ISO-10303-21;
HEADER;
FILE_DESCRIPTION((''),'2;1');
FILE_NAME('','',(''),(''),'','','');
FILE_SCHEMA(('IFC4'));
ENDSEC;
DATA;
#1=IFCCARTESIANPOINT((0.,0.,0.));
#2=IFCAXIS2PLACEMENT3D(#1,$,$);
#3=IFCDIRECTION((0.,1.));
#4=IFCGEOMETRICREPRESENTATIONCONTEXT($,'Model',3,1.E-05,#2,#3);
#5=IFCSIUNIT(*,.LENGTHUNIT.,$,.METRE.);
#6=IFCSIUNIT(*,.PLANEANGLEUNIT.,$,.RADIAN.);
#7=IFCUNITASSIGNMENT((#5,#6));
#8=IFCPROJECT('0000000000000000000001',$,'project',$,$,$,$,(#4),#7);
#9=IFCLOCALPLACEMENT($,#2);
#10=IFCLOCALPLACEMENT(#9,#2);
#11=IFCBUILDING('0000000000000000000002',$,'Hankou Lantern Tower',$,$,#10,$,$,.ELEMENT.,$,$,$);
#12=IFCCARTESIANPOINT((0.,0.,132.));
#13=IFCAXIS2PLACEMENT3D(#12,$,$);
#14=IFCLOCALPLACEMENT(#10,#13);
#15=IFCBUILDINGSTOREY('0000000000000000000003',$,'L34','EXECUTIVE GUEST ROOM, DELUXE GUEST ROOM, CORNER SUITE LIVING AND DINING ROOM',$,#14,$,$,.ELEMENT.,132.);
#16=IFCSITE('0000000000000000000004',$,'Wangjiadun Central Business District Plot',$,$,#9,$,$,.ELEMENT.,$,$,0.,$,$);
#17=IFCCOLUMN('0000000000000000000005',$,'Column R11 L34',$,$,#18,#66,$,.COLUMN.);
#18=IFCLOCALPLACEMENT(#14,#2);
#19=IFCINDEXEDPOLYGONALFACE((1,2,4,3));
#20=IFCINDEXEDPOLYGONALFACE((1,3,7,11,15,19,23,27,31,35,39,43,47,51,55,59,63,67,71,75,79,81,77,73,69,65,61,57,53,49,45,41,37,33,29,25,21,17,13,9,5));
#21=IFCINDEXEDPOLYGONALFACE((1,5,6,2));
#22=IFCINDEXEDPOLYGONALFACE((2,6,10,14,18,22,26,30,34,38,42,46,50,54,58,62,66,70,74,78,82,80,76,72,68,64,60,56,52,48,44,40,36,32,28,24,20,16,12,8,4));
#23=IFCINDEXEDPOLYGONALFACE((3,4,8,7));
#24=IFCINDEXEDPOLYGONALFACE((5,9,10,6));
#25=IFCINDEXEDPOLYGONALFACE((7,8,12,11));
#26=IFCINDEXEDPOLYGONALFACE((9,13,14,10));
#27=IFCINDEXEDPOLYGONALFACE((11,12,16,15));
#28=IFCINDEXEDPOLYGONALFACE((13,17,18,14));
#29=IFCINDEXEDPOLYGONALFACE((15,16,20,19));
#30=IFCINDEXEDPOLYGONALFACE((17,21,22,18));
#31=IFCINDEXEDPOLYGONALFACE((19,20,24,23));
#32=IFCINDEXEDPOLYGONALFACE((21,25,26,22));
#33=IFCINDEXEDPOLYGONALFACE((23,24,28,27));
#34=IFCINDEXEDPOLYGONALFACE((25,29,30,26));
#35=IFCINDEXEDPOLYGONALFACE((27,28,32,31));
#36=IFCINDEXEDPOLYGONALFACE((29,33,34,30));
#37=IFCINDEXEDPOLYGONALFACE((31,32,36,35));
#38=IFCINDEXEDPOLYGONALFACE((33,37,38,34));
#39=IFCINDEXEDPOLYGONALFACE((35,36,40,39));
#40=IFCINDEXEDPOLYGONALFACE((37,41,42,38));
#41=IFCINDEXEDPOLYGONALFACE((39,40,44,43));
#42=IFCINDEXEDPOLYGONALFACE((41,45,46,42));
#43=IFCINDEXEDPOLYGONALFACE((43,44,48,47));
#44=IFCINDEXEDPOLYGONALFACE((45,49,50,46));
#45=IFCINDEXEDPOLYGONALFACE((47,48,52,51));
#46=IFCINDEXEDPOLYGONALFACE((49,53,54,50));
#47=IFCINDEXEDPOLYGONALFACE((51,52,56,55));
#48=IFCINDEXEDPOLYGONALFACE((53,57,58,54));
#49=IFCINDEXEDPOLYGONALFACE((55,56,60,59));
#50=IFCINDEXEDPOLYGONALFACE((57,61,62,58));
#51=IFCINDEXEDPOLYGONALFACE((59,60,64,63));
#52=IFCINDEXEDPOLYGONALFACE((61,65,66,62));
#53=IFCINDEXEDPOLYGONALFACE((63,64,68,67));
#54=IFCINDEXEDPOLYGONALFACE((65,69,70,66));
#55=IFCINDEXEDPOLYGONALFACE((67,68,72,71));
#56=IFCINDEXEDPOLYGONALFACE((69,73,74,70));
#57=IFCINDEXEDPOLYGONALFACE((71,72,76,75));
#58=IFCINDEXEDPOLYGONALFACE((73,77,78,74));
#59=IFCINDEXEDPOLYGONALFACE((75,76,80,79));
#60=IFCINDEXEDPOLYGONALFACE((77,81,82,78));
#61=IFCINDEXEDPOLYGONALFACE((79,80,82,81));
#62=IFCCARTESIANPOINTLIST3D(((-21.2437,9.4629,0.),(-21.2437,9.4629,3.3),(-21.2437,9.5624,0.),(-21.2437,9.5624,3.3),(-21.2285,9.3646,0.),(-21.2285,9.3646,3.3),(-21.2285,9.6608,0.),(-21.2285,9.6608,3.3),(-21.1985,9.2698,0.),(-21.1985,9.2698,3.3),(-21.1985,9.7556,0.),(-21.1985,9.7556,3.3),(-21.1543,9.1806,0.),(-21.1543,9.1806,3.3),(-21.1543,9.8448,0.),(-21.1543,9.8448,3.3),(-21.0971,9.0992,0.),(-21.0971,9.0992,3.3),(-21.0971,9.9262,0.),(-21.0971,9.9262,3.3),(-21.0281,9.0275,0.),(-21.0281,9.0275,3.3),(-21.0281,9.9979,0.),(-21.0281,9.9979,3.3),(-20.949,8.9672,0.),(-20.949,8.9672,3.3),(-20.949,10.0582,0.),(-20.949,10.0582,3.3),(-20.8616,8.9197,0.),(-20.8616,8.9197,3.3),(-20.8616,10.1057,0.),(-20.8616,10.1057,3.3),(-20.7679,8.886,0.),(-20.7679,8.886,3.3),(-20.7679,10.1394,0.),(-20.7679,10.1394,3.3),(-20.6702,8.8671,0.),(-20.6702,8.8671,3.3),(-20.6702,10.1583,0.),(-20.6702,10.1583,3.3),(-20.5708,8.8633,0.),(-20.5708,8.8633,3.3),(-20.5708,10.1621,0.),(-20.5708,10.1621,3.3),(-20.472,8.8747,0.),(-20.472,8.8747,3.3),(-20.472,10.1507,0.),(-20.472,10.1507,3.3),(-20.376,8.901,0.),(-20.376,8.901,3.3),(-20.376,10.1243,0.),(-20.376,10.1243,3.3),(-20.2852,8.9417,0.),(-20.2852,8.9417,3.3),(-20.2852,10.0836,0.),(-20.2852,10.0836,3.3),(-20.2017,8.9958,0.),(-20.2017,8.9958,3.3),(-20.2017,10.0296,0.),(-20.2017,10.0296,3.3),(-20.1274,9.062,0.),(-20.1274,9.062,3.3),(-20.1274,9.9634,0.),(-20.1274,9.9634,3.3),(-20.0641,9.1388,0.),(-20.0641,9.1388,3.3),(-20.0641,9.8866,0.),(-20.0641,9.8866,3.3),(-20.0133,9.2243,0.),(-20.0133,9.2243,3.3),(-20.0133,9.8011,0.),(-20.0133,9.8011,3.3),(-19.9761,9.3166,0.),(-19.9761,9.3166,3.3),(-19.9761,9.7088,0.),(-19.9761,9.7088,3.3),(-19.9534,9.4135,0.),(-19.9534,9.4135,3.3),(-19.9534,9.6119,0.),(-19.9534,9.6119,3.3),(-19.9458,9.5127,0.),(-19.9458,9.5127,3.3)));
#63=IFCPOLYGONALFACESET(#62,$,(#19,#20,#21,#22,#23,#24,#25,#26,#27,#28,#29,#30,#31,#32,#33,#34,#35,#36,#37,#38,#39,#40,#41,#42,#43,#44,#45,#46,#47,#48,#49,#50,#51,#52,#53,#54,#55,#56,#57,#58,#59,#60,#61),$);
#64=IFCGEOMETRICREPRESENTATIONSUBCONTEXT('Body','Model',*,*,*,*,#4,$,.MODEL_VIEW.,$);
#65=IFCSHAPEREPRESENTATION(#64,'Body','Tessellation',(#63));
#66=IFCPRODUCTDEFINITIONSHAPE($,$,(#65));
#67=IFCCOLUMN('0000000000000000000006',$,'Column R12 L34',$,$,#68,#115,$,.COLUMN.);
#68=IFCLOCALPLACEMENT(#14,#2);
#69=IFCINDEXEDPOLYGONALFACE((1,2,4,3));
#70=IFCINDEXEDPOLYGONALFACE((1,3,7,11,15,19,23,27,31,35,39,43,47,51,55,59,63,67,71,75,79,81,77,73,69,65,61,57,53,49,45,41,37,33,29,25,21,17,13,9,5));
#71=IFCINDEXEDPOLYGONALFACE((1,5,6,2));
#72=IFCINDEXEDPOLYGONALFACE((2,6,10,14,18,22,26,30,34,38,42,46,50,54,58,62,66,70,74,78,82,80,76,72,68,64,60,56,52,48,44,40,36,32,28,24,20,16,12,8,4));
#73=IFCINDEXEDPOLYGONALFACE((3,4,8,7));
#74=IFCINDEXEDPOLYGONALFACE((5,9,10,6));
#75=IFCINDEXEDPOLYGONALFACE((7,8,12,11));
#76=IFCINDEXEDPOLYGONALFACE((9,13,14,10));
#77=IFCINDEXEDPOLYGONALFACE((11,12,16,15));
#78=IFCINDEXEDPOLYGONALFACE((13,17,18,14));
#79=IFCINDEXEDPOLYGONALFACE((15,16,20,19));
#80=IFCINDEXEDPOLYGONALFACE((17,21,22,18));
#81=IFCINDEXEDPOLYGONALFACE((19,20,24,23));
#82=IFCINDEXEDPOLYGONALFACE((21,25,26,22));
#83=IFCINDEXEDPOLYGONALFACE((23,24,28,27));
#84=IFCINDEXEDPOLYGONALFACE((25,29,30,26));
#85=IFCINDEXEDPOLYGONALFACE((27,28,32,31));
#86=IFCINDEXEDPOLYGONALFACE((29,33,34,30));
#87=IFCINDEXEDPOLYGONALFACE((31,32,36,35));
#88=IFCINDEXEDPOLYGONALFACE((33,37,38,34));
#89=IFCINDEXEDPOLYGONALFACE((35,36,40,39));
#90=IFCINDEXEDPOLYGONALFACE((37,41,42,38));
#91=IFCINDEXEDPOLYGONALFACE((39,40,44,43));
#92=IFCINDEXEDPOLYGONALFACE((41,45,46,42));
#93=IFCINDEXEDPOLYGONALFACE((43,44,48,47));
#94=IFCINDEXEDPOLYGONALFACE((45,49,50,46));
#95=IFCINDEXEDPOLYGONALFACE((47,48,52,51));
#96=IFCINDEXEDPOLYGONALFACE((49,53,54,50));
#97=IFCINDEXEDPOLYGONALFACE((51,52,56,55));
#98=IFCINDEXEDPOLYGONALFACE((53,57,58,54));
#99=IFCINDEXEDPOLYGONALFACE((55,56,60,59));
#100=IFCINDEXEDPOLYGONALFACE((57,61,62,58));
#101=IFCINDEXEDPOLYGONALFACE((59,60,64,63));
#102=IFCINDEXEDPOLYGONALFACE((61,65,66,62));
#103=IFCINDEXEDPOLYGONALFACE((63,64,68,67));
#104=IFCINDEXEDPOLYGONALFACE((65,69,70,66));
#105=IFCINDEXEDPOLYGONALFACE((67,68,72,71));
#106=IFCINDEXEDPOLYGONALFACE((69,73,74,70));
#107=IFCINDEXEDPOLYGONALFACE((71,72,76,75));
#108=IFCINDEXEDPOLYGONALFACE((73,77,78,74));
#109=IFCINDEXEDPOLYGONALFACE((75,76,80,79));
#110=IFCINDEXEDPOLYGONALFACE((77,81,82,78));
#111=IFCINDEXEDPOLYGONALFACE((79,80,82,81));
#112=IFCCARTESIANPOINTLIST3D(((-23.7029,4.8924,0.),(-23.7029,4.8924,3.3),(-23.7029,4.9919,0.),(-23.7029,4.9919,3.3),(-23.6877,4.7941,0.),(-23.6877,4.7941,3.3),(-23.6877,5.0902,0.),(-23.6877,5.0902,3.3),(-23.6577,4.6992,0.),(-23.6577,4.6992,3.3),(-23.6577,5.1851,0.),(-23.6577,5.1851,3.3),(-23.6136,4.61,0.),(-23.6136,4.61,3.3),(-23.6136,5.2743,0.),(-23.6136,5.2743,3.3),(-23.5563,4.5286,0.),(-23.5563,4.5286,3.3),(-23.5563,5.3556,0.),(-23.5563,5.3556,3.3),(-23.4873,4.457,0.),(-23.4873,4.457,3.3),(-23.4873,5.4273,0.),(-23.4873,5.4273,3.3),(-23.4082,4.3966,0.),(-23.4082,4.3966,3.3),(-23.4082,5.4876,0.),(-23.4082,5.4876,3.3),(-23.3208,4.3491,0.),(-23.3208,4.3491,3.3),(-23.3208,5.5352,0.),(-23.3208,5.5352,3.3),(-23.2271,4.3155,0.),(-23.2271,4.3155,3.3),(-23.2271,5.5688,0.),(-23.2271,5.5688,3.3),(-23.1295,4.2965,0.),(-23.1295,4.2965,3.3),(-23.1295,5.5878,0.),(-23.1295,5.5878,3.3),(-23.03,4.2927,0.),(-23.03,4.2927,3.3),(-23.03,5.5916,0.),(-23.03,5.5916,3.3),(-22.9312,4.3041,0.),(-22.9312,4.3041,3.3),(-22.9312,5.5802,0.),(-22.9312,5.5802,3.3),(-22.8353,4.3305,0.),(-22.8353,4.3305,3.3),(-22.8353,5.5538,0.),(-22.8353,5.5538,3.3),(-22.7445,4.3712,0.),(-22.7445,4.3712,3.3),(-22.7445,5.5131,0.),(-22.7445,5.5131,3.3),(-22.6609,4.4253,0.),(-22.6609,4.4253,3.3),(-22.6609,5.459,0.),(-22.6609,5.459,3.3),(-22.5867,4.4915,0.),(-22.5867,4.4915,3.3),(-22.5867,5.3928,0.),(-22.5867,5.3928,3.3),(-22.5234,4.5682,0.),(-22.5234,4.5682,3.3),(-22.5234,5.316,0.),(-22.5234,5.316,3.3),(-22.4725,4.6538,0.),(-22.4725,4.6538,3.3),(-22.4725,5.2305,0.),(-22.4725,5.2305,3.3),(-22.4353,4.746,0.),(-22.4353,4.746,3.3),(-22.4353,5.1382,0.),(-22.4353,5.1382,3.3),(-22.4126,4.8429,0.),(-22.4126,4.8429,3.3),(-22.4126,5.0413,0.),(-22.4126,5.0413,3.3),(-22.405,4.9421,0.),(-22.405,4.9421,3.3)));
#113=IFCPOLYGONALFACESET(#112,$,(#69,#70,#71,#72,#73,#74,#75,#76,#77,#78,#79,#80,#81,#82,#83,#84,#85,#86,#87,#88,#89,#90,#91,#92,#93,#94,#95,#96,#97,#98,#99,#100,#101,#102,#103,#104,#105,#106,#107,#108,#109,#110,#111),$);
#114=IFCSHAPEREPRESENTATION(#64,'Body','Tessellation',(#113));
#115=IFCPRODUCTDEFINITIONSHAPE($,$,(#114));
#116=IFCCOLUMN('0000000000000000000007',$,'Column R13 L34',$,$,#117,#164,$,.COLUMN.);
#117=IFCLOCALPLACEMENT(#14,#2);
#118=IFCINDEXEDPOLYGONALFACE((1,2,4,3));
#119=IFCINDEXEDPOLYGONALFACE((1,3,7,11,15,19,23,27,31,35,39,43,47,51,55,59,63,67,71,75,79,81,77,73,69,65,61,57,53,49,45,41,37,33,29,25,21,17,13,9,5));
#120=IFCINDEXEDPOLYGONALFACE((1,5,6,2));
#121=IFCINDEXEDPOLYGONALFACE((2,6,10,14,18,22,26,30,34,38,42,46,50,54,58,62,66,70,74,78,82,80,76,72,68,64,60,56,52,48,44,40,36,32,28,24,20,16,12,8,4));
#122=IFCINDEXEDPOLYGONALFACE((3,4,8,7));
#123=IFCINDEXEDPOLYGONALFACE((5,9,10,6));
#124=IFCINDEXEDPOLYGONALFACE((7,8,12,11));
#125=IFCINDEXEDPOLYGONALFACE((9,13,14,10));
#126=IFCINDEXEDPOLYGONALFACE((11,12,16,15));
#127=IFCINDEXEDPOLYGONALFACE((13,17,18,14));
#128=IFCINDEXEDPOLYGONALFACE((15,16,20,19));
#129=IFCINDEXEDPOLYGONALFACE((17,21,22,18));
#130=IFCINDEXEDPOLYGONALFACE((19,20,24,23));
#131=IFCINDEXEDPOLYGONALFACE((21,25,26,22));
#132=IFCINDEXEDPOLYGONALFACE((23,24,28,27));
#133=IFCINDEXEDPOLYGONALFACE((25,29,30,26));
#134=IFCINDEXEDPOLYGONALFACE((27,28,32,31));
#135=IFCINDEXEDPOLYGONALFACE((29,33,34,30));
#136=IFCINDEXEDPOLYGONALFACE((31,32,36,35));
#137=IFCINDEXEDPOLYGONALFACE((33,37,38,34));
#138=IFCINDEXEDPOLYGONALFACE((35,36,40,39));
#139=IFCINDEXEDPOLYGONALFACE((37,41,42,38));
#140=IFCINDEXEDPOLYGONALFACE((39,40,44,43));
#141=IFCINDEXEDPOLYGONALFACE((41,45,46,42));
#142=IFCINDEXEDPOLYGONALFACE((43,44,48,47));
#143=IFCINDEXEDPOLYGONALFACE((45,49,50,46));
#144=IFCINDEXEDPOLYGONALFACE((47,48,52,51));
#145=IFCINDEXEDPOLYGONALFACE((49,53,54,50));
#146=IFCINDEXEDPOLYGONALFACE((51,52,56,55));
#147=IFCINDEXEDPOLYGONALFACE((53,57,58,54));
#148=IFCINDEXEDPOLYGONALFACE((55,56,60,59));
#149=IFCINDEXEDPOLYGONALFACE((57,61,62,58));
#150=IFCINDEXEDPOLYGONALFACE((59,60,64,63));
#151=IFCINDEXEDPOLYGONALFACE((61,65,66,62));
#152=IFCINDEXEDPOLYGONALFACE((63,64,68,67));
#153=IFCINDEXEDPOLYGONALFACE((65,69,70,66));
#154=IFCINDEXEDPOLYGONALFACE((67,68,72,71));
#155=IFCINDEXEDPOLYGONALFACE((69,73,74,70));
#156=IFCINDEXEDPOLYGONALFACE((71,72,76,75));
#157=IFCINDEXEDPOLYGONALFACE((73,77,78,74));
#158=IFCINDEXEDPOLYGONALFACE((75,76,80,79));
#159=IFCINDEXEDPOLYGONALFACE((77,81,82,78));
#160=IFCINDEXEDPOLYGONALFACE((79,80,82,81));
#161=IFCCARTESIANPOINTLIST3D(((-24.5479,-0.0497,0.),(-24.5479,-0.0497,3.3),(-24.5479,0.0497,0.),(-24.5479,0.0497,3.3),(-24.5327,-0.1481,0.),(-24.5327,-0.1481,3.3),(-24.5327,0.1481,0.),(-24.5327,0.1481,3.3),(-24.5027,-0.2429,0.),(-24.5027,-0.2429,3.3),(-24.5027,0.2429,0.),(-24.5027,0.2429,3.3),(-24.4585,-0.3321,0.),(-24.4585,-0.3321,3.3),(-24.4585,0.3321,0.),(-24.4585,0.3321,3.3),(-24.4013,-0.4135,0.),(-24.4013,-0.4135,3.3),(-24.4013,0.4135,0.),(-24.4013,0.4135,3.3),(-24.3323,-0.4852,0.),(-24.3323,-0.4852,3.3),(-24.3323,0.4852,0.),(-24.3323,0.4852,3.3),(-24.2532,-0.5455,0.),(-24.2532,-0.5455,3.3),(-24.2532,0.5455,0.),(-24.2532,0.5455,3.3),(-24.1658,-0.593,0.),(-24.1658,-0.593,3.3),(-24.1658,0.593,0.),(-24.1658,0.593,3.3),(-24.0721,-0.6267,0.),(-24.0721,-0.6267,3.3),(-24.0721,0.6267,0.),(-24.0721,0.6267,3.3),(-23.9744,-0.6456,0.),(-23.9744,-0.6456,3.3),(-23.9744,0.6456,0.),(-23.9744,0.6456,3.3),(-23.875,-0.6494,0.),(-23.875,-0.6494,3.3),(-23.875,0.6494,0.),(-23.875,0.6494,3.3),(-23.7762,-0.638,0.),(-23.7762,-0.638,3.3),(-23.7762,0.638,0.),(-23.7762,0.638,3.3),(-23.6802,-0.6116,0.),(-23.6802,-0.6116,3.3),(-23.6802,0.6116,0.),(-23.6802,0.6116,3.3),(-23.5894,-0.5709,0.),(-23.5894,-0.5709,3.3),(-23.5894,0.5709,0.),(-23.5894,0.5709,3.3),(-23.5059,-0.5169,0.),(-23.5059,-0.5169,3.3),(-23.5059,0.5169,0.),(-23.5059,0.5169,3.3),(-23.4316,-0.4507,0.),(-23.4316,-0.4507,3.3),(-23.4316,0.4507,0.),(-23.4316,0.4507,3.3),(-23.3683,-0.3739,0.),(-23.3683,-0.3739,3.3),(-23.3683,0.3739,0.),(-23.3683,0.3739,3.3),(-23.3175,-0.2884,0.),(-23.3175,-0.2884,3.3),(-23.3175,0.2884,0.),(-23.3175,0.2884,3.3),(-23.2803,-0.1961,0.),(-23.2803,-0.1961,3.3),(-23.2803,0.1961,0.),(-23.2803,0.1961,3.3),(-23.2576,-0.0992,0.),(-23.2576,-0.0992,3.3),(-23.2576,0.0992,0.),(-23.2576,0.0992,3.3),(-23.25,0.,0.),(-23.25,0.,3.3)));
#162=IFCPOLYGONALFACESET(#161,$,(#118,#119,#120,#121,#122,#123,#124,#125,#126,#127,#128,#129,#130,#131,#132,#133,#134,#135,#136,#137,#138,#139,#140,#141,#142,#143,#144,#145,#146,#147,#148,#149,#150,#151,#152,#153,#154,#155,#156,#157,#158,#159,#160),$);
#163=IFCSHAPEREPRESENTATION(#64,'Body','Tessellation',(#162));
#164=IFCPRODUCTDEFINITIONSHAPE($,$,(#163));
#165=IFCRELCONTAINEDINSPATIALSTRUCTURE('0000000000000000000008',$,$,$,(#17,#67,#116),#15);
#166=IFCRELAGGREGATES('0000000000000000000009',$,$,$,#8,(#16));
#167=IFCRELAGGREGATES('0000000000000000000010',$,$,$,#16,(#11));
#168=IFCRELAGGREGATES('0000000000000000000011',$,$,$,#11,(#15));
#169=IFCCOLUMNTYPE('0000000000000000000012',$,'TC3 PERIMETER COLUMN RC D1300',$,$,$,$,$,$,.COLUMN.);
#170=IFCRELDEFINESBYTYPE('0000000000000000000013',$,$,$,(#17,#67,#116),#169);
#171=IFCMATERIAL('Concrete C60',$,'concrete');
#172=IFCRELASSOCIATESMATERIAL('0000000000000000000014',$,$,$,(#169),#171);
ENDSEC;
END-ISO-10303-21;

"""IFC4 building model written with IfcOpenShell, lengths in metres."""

from ifc_helpers import new_model, si_unit, direction, frame, origin, origin_2d, place, context, subcontext, project, spatial, circle, extrude, material, material_profile, profile_set, type_object, element, save


model = new_model("IFC4")

# Units and contexts
model_context = context("Model", 3, precision=1e-05, world=origin(), true_north=direction((0.0, 1.0)))
body_context = subcontext(model_context, "Body", "Model", "MODEL_VIEW")
ifc_project = project(units=[si_unit("LENGTHUNIT", "METRE"), si_unit("PLANEANGLEUNIT", "RADIAN")], contexts=[model_context])

# Site, building, storey
site_placement = place(None, origin())
site = spatial("IfcSite", under=ifc_project, at=site_placement, Name="Wangjiadun Central Business District Plot", CompositionType="ELEMENT", RefElevation=0.0)
building_placement = place(site_placement, origin())
building = spatial("IfcBuilding", under=site, at=building_placement, Name="Hankou Lantern Tower", CompositionType="ELEMENT")
storey_placement = place(building_placement, frame((0.0, 0.0, 132.0)))
storey = spatial("IfcBuildingStorey", under=building, at=storey_placement, Name="L34", Description="EXECUTIVE GUEST ROOM, DELUXE GUEST ROOM, CORNER SUITE LIVING AND DINING ROOM", CompositionType="ELEMENT", Elevation=132.0)

# Columns
ifc_material_1 = material(Name="Concrete C60", Category="concrete")
ifc_material_profile_1 = material_profile(ifc_material_1, circle(Radius=0.6499, at=origin_2d()), Name="RC D1300")
ifc_profile_set_1 = profile_set([ifc_material_profile_1], Name="Concrete C60")
column_type = type_object("IfcColumnType", Name="TC3 PERIMETER COLUMN RC D1300", PredefinedType="COLUMN", material=ifc_profile_set_1)
for number, where, z_axis, x_axis, name in (
    (1, (-20.5957, 9.5127, 0.0), (0.0, 0.0, 1.0), (1.0, 0.0, 0.0), "Column R11 L34"),
    (2, (-23.0549, 4.9421, 0.0), (0.0, 0.0, 1.0), (1.0, 0.0, 0.0), "Column R12 L34"),
    (3, (-23.8999, 0.0, 0.0), (0.0, 0.0, 1.0), (1.0, 0.0, 0.0), "Column R13 L34"),
):
    element("IfcColumn", number, at=place(storey_placement, frame(where, z_axis=z_axis, x_axis=x_axis)), inside=storey, type_object=column_type, Name=name, PredefinedType="COLUMN", context=body_context, shape_type="SweptSolid", body=[
        extrude(circle(Radius=0.6499, at=origin_2d()), origin(), (0.0, 0.0, 1.0), 3.3),
    ])

save(model, "model.ifc")
